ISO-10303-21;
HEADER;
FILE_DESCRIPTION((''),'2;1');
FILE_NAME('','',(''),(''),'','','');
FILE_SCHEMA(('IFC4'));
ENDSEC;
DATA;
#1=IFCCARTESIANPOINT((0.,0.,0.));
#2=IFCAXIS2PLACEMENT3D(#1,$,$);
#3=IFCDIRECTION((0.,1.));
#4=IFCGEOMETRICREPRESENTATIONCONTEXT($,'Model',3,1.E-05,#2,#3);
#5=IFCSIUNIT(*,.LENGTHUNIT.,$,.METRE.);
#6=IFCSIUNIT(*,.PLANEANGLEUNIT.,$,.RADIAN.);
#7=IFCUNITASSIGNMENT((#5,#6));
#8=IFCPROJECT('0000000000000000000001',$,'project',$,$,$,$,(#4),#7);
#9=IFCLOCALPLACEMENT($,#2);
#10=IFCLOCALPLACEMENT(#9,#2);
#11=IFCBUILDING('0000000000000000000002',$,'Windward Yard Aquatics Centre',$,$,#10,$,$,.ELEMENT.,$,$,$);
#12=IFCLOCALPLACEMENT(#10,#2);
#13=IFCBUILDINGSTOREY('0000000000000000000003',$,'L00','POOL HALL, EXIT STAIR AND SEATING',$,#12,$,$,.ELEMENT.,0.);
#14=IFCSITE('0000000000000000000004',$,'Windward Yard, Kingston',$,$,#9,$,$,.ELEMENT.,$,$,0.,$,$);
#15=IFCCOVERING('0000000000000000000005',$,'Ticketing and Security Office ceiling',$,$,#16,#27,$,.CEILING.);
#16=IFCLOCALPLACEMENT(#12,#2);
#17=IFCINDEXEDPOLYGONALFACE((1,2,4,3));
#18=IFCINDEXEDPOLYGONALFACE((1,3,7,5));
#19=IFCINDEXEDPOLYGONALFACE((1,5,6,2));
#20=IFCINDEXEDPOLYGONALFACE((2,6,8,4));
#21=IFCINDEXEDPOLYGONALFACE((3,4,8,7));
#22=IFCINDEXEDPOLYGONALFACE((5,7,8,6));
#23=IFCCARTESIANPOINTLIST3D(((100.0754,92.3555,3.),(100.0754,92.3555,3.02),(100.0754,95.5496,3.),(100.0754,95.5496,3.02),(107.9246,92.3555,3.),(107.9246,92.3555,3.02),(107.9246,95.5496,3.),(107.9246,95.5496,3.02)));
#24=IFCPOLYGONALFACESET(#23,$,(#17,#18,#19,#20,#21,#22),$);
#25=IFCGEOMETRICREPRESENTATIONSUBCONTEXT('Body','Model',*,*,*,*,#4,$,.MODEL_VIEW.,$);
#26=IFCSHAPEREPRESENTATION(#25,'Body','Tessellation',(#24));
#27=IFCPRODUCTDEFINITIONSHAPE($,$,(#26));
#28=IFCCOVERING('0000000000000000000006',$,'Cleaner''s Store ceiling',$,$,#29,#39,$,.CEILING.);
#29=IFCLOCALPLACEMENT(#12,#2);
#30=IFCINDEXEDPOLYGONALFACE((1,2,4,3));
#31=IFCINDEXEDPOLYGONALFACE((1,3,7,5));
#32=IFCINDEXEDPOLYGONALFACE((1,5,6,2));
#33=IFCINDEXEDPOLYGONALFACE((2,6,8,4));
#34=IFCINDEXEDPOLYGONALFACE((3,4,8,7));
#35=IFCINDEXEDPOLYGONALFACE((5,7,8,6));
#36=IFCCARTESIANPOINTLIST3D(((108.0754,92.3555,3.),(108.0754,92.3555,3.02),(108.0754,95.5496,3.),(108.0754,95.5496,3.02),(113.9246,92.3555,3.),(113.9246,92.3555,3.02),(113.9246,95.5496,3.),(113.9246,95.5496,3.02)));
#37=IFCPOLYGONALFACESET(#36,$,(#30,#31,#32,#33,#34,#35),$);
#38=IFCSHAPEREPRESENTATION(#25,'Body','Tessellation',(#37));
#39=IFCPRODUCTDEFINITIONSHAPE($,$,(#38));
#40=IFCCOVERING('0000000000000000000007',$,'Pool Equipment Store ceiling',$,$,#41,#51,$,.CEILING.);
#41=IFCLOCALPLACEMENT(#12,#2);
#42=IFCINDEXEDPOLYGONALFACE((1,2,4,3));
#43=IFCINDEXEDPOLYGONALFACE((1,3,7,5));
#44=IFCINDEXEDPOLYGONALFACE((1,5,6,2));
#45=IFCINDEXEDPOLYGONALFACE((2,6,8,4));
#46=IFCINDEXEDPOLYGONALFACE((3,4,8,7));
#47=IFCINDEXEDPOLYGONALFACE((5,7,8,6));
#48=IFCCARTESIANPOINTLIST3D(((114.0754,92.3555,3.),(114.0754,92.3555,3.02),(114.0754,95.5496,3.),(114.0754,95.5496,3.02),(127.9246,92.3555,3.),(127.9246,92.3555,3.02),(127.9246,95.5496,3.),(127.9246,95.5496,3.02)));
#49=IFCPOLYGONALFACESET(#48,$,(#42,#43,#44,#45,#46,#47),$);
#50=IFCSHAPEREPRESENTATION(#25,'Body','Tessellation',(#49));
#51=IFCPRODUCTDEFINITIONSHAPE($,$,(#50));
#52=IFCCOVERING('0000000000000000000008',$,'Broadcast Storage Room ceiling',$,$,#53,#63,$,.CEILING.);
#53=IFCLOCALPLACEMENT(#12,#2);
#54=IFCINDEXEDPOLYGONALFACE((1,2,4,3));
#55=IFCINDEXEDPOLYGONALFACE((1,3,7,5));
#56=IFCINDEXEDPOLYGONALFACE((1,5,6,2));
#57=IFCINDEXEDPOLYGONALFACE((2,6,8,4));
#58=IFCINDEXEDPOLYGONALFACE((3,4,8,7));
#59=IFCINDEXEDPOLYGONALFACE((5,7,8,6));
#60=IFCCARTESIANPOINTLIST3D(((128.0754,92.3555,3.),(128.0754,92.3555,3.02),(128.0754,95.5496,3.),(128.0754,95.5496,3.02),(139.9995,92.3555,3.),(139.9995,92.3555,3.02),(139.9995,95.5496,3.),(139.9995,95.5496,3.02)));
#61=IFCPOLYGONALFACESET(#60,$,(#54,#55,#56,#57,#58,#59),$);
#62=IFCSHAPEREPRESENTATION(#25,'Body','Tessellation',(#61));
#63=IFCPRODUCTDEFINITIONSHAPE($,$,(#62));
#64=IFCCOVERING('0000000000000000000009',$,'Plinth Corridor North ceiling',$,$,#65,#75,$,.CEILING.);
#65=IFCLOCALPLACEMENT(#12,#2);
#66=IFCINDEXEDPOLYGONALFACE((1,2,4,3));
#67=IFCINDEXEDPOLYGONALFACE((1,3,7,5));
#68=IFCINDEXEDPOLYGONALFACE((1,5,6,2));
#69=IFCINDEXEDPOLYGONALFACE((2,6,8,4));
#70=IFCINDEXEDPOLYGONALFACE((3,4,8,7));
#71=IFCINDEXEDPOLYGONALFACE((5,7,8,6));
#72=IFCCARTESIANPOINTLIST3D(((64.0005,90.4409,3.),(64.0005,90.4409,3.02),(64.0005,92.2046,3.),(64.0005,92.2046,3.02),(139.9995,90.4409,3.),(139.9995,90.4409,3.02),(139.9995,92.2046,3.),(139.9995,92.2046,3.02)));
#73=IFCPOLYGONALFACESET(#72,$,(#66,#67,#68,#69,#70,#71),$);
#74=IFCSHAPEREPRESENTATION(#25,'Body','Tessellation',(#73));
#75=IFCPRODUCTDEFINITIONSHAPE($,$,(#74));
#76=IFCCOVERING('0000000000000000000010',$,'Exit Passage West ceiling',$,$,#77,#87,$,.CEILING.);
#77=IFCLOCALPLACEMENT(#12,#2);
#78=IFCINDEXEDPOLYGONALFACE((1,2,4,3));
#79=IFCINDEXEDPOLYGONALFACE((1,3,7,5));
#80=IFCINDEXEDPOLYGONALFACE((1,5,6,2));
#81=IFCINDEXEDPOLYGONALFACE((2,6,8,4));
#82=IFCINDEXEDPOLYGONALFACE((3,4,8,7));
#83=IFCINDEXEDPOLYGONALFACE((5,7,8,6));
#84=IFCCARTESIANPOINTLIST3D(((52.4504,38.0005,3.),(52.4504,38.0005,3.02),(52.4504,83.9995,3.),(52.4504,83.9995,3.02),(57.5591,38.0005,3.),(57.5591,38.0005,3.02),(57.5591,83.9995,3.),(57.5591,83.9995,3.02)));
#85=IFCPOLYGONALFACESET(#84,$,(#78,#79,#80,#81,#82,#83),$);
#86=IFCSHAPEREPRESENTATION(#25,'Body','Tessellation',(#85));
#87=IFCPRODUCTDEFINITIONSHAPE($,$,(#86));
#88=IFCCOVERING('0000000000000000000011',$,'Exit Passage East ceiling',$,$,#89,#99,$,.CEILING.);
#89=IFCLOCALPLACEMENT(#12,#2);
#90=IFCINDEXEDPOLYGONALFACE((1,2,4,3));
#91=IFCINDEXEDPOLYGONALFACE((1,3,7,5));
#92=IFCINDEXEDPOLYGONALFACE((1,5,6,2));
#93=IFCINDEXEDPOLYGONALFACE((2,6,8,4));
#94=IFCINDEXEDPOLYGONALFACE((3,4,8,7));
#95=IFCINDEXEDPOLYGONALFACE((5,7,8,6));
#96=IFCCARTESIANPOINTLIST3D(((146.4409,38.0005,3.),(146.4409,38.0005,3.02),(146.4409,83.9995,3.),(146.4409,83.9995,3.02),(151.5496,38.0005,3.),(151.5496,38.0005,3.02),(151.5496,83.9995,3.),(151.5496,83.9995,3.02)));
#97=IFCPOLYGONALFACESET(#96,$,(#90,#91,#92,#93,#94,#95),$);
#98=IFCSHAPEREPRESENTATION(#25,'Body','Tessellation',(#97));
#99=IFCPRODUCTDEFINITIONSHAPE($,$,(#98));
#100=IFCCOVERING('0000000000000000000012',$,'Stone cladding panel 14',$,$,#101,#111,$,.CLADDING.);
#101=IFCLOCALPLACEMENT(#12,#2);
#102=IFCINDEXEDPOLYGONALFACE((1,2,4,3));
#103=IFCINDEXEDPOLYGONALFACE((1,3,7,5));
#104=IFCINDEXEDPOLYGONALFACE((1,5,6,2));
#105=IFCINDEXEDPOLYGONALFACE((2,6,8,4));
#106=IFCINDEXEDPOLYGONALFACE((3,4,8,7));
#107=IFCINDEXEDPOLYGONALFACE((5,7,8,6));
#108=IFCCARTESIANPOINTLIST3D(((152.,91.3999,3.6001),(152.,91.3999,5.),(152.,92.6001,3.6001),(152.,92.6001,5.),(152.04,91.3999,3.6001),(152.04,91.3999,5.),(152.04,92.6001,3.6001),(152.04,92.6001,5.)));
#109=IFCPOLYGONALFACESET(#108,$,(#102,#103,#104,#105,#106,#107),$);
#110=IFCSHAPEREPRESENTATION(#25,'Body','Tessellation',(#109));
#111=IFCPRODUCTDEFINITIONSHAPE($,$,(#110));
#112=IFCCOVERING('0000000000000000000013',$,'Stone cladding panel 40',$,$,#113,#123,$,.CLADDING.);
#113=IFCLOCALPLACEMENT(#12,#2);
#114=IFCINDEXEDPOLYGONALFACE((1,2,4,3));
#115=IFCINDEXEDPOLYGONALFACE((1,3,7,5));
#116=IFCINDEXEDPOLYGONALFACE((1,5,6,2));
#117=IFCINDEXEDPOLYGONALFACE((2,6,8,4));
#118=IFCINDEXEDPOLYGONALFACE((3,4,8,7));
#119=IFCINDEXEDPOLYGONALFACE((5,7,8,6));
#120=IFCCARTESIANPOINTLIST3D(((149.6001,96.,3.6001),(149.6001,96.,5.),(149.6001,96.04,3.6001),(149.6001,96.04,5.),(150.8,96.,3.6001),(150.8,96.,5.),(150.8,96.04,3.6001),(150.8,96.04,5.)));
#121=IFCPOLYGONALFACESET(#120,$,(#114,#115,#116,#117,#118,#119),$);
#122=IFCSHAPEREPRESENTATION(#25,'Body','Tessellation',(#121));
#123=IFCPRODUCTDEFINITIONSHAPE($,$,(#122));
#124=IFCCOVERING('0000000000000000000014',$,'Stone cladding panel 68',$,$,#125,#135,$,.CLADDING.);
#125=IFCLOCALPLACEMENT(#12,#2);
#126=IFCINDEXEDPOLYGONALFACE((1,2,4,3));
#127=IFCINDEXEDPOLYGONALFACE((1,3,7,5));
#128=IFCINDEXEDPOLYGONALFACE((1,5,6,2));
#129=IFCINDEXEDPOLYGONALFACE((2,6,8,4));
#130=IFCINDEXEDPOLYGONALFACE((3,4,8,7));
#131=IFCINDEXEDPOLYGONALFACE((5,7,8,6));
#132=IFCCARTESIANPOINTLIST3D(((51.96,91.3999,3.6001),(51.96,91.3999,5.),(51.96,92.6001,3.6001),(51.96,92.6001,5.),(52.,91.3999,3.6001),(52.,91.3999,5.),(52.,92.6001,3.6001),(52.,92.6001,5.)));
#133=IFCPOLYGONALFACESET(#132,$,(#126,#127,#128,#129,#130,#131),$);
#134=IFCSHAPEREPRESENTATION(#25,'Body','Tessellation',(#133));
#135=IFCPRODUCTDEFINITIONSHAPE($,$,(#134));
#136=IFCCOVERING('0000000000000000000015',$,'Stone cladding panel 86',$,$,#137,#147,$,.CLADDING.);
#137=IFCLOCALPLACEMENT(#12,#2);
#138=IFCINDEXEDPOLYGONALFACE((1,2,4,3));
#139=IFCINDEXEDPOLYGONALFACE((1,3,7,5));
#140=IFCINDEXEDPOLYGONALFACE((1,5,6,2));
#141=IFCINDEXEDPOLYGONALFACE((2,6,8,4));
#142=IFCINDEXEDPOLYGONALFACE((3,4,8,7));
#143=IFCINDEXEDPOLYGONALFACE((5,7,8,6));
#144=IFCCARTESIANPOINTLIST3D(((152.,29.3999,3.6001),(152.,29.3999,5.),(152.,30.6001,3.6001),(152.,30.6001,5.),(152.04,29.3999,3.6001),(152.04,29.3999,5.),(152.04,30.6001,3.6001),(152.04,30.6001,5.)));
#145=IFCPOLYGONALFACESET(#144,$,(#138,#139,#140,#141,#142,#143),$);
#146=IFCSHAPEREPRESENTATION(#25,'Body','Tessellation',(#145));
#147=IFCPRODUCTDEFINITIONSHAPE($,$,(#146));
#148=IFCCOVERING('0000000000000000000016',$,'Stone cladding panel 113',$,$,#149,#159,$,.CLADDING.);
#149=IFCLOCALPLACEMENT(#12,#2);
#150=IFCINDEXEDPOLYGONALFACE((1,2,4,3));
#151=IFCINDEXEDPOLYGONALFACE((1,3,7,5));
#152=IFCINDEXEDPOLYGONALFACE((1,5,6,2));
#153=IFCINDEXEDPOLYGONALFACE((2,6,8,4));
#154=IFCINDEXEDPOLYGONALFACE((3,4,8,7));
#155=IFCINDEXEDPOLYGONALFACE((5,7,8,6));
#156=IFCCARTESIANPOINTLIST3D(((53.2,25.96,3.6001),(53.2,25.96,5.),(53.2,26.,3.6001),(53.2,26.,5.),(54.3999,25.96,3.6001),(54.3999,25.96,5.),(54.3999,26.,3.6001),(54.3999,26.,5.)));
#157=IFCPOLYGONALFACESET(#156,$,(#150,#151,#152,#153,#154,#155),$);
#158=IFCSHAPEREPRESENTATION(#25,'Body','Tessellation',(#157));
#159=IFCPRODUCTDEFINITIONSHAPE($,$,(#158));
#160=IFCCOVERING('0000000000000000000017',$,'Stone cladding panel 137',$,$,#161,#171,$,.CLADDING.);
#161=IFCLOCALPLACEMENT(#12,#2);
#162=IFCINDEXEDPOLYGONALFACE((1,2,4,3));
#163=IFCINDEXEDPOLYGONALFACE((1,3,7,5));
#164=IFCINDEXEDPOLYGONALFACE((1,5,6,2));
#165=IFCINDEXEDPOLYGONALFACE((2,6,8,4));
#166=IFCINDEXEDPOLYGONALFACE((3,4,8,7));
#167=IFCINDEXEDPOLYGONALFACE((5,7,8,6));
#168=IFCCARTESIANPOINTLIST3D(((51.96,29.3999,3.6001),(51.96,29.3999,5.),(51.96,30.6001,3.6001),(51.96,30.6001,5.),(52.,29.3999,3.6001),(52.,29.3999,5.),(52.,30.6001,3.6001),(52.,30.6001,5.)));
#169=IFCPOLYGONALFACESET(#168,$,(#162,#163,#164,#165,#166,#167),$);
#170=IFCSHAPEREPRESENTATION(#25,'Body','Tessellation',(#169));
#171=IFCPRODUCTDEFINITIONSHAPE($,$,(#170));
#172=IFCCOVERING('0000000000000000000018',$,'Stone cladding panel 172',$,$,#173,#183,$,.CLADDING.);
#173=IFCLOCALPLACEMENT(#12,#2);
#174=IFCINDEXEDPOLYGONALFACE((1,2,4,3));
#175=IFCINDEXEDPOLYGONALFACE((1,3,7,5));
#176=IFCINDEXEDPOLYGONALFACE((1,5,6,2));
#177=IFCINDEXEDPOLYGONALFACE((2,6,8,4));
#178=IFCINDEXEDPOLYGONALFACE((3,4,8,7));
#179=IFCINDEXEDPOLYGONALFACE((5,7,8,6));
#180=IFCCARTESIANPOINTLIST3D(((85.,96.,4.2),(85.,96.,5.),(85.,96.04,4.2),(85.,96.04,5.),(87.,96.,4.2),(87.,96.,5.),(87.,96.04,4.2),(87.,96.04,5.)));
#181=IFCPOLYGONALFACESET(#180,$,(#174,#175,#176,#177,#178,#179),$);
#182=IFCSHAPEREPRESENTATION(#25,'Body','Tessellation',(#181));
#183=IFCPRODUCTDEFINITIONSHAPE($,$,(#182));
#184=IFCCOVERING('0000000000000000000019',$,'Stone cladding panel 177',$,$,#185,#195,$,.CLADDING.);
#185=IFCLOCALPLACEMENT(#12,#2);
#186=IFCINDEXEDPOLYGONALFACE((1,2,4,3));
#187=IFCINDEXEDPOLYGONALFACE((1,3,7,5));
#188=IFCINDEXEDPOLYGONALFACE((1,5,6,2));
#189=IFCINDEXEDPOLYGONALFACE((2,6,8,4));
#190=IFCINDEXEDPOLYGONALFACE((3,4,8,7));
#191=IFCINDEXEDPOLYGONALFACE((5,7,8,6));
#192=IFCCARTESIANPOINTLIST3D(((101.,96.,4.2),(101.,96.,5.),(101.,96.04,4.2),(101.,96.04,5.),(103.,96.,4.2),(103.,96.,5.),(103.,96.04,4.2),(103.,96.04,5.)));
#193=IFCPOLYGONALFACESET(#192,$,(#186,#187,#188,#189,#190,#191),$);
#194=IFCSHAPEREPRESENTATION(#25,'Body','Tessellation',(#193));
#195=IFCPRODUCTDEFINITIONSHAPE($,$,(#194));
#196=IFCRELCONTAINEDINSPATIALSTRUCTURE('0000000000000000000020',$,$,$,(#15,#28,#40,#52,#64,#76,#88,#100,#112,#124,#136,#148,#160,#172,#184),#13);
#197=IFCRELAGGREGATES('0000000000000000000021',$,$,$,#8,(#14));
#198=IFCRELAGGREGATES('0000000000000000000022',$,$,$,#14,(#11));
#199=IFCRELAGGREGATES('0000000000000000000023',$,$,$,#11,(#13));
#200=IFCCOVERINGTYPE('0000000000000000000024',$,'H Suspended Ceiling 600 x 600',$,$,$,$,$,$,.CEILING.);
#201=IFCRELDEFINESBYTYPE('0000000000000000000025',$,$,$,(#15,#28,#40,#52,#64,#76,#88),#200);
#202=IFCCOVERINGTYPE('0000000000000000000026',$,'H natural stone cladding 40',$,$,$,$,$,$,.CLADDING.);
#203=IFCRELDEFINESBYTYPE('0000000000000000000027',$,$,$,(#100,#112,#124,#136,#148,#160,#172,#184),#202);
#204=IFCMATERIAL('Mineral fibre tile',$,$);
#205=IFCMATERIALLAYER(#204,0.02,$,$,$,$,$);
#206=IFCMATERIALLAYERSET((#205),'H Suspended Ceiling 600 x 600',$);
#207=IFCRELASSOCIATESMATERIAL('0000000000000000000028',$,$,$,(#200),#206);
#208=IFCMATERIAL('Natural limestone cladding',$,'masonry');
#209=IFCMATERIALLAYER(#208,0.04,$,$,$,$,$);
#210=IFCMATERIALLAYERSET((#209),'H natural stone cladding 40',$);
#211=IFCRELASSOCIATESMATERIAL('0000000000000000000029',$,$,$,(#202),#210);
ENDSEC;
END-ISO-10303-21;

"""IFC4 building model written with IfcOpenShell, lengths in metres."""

from ifc_helpers import new_model, si_unit, direction, frame, origin, place, context, subcontext, project, spatial, polyline, outline, extrude, material, layer, layer_set, type_object, element, save


model = new_model("IFC4")

# Units and contexts
model_context = context("Model", 3, precision=1e-05, world=origin(), true_north=direction((0.0, 1.0)))
body_context = subcontext(model_context, "Body", "Model", "MODEL_VIEW")
ifc_project = project(units=[si_unit("LENGTHUNIT", "METRE"), si_unit("PLANEANGLEUNIT", "RADIAN")], contexts=[model_context])

# Site, building, storey
site_placement = place(None, origin())
site = spatial("IfcSite", under=ifc_project, at=site_placement, Name="Windward Yard, Kingston", CompositionType="ELEMENT", RefElevation=0.0)
building_placement = place(site_placement, origin())
building = spatial("IfcBuilding", under=site, at=building_placement, Name="Windward Yard Aquatics Centre", CompositionType="ELEMENT")
storey_placement = place(building_placement, origin())
storey = spatial("IfcBuildingStorey", under=building, at=storey_placement, Name="L00", Description="POOL HALL, EXIT STAIR AND SEATING", CompositionType="ELEMENT", Elevation=0.0)

# Coverings
ifc_material_1 = material(Name="Mineral fibre tile")
ifc_layer_1 = layer(ifc_material_1, 0.02)
ifc_layer_set_1 = layer_set([ifc_layer_1], Name="H Suspended Ceiling 600 x 600")
covering_type_1 = type_object("IfcCoveringType", Name="H Suspended Ceiling 600 x 600", PredefinedType="CEILING", material=ifc_layer_set_1)
covering_1_placement = place(storey_placement, frame((0.0, 0.0, 3.0)))
element("IfcCovering", 1, at=covering_1_placement, inside=storey, type_object=covering_type_1, Name="Ticketing and Security Office ceiling", PredefinedType="CEILING", context=body_context, shape_type="SweptSolid", body=[
    extrude(outline(polyline([(100.0754, 92.3555), (100.0754, 95.5496), (107.9246, 95.5496), (107.9246, 92.3555), (100.0754, 92.3555)])), origin(), (0.0, 0.0, 1.0), 0.02),
])
covering_2_placement = place(storey_placement, frame((0.0, 0.0, 3.0)))
element("IfcCovering", 2, at=covering_2_placement, inside=storey, type_object=covering_type_1, Name="Cleaner's Store ceiling", PredefinedType="CEILING", context=body_context, shape_type="SweptSolid", body=[
    extrude(outline(polyline([(108.0754, 92.3555), (108.0754, 95.5496), (113.9246, 95.5496), (113.9246, 92.3555), (108.0754, 92.3555)])), origin(), (0.0, 0.0, 1.0), 0.02),
])
covering_3_placement = place(storey_placement, frame((0.0, 0.0, 3.0)))
element("IfcCovering", 3, at=covering_3_placement, inside=storey, type_object=covering_type_1, Name="Pool Equipment Store ceiling", PredefinedType="CEILING", context=body_context, shape_type="SweptSolid", body=[
    extrude(outline(polyline([(114.0754, 92.3555), (114.0754, 95.5496), (127.9246, 95.5496), (127.9246, 92.3555), (114.0754, 92.3555)])), origin(), (0.0, 0.0, 1.0), 0.02),
])
covering_4_placement = place(storey_placement, frame((0.0, 0.0, 3.0)))
element("IfcCovering", 4, at=covering_4_placement, inside=storey, type_object=covering_type_1, Name="Broadcast Storage Room ceiling", PredefinedType="CEILING", context=body_context, shape_type="SweptSolid", body=[
    extrude(outline(polyline([(128.0754, 92.3555), (128.0754, 95.5496), (139.9995, 95.5496), (139.9995, 92.3555), (128.0754, 92.3555)])), origin(), (0.0, 0.0, 1.0), 0.02),
])
covering_5_placement = place(storey_placement, frame((0.0, 0.0, 3.0)))
element("IfcCovering", 5, at=covering_5_placement, inside=storey, type_object=covering_type_1, Name="Plinth Corridor North ceiling", PredefinedType="CEILING", context=body_context, shape_type="SweptSolid", body=[
    extrude(outline(polyline([(64.0005, 90.4409), (64.0005, 92.2046), (139.9995, 92.2046), (139.9995, 90.4409), (64.0005, 90.4409)])), origin(), (0.0, 0.0, 1.0), 0.02),
])
covering_6_placement = place(storey_placement, frame((0.0, 0.0, 3.0)))
element("IfcCovering", 6, at=covering_6_placement, inside=storey, type_object=covering_type_1, Name="Exit Passage West ceiling", PredefinedType="CEILING", context=body_context, shape_type="SweptSolid", body=[
    extrude(outline(polyline([(52.4504, 38.0005), (52.4504, 83.9995), (57.5591, 83.9995), (57.5591, 38.0005), (52.4504, 38.0005)])), origin(), (0.0, 0.0, 1.0), 0.02),
])
covering_7_placement = place(storey_placement, frame((0.0, 0.0, 3.0)))
element("IfcCovering", 7, at=covering_7_placement, inside=storey, type_object=covering_type_1, Name="Exit Passage East ceiling", PredefinedType="CEILING", context=body_context, shape_type="SweptSolid", body=[
    extrude(outline(polyline([(146.4409, 38.0005), (146.4409, 83.9995), (151.5496, 83.9995), (151.5496, 38.0005), (146.4409, 38.0005)])), origin(), (0.0, 0.0, 1.0), 0.02),
])
ifc_material_2 = material(Name="Natural limestone cladding", Category="masonry")
ifc_layer_2 = layer(ifc_material_2, 0.04)
ifc_layer_set_2 = layer_set([ifc_layer_2], Name="H natural stone cladding 40")
covering_type_2 = type_object("IfcCoveringType", Name="H natural stone cladding 40", PredefinedType="CLADDING", material=ifc_layer_set_2)
covering_8_placement = place(storey_placement, frame((0.0, 0.0, 3.6001)))
element("IfcCovering", 8, at=covering_8_placement, inside=storey, type_object=covering_type_2, Name="Stone cladding panel 14", PredefinedType="CLADDING", context=body_context, shape_type="SweptSolid", body=[
    extrude(outline(polyline([(152.0, 91.3999), (152.04, 91.3999), (152.04, 92.6001), (152.0, 92.6001), (152.0, 91.3999)])), origin(), (0.0, 0.0, 1.0), 1.3999),
])
covering_9_placement = place(storey_placement, frame((0.0, 0.0, 3.6001)))
element("IfcCovering", 9, at=covering_9_placement, inside=storey, type_object=covering_type_2, Name="Stone cladding panel 40", PredefinedType="CLADDING", context=body_context, shape_type="SweptSolid", body=[
    extrude(outline(polyline([(149.6001, 96.0), (149.6001, 96.04), (150.8, 96.04), (150.8, 96.0), (149.6001, 96.0)])), origin(), (0.0, 0.0, 1.0), 1.3999),
])
covering_10_placement = place(storey_placement, frame((0.0, 0.0, 3.6001)))
element("IfcCovering", 10, at=covering_10_placement, inside=storey, type_object=covering_type_2, Name="Stone cladding panel 68", PredefinedType="CLADDING", context=body_context, shape_type="SweptSolid", body=[
    extrude(outline(polyline([(51.96, 91.3999), (51.96, 92.6001), (52.0, 92.6001), (52.0, 91.3999), (51.96, 91.3999)])), origin(), (0.0, 0.0, 1.0), 1.3999),
])
covering_11_placement = place(storey_placement, frame((0.0, 0.0, 3.6001)))
element("IfcCovering", 11, at=covering_11_placement, inside=storey, type_object=covering_type_2, Name="Stone cladding panel 86", PredefinedType="CLADDING", context=body_context, shape_type="SweptSolid", body=[
    extrude(outline(polyline([(152.0, 29.3999), (152.0, 30.6001), (152.04, 30.6001), (152.04, 29.3999), (152.0, 29.3999)])), origin(), (0.0, 0.0, 1.0), 1.3999),
])
covering_12_placement = place(storey_placement, frame((0.0, 0.0, 3.6001)))
element("IfcCovering", 12, at=covering_12_placement, inside=storey, type_object=covering_type_2, Name="Stone cladding panel 113", PredefinedType="CLADDING", context=body_context, shape_type="SweptSolid", body=[
    extrude(outline(polyline([(53.2, 25.96), (53.2, 26.0), (54.3999, 26.0), (54.3999, 25.96), (53.2, 25.96)])), origin(), (0.0, 0.0, 1.0), 1.3999),
])
covering_13_placement = place(storey_placement, frame((0.0, 0.0, 3.6001)))
element("IfcCovering", 13, at=covering_13_placement, inside=storey, type_object=covering_type_2, Name="Stone cladding panel 137", PredefinedType="CLADDING", context=body_context, shape_type="SweptSolid", body=[
    extrude(outline(polyline([(51.96, 29.3999), (52.0, 29.3999), (52.0, 30.6001), (51.96, 30.6001), (51.96, 29.3999)])), origin(), (0.0, 0.0, 1.0), 1.3999),
])
covering_14_placement = place(storey_placement, frame((0.0, 0.0, 4.2)))
element("IfcCovering", 14, at=covering_14_placement, inside=storey, type_object=covering_type_2, Name="Stone cladding panel 172", PredefinedType="CLADDING", context=body_context, shape_type="SweptSolid", body=[
    extrude(outline(polyline([(85.0, 96.0), (87.0, 96.0), (87.0, 96.04), (85.0, 96.04), (85.0, 96.0)])), origin(), (0.0, 0.0, 1.0), 0.8),
])
covering_15_placement = place(storey_placement, frame((0.0, 0.0, 4.2)))
element("IfcCovering", 15, at=covering_15_placement, inside=storey, type_object=covering_type_2, Name="Stone cladding panel 177", PredefinedType="CLADDING", context=body_context, shape_type="SweptSolid", body=[
    extrude(outline(polyline([(101.0, 96.0), (103.0, 96.0), (103.0, 96.04), (101.0, 96.04), (101.0, 96.0)])), origin(), (0.0, 0.0, 1.0), 0.8),
])

save(model, "model.ifc")
